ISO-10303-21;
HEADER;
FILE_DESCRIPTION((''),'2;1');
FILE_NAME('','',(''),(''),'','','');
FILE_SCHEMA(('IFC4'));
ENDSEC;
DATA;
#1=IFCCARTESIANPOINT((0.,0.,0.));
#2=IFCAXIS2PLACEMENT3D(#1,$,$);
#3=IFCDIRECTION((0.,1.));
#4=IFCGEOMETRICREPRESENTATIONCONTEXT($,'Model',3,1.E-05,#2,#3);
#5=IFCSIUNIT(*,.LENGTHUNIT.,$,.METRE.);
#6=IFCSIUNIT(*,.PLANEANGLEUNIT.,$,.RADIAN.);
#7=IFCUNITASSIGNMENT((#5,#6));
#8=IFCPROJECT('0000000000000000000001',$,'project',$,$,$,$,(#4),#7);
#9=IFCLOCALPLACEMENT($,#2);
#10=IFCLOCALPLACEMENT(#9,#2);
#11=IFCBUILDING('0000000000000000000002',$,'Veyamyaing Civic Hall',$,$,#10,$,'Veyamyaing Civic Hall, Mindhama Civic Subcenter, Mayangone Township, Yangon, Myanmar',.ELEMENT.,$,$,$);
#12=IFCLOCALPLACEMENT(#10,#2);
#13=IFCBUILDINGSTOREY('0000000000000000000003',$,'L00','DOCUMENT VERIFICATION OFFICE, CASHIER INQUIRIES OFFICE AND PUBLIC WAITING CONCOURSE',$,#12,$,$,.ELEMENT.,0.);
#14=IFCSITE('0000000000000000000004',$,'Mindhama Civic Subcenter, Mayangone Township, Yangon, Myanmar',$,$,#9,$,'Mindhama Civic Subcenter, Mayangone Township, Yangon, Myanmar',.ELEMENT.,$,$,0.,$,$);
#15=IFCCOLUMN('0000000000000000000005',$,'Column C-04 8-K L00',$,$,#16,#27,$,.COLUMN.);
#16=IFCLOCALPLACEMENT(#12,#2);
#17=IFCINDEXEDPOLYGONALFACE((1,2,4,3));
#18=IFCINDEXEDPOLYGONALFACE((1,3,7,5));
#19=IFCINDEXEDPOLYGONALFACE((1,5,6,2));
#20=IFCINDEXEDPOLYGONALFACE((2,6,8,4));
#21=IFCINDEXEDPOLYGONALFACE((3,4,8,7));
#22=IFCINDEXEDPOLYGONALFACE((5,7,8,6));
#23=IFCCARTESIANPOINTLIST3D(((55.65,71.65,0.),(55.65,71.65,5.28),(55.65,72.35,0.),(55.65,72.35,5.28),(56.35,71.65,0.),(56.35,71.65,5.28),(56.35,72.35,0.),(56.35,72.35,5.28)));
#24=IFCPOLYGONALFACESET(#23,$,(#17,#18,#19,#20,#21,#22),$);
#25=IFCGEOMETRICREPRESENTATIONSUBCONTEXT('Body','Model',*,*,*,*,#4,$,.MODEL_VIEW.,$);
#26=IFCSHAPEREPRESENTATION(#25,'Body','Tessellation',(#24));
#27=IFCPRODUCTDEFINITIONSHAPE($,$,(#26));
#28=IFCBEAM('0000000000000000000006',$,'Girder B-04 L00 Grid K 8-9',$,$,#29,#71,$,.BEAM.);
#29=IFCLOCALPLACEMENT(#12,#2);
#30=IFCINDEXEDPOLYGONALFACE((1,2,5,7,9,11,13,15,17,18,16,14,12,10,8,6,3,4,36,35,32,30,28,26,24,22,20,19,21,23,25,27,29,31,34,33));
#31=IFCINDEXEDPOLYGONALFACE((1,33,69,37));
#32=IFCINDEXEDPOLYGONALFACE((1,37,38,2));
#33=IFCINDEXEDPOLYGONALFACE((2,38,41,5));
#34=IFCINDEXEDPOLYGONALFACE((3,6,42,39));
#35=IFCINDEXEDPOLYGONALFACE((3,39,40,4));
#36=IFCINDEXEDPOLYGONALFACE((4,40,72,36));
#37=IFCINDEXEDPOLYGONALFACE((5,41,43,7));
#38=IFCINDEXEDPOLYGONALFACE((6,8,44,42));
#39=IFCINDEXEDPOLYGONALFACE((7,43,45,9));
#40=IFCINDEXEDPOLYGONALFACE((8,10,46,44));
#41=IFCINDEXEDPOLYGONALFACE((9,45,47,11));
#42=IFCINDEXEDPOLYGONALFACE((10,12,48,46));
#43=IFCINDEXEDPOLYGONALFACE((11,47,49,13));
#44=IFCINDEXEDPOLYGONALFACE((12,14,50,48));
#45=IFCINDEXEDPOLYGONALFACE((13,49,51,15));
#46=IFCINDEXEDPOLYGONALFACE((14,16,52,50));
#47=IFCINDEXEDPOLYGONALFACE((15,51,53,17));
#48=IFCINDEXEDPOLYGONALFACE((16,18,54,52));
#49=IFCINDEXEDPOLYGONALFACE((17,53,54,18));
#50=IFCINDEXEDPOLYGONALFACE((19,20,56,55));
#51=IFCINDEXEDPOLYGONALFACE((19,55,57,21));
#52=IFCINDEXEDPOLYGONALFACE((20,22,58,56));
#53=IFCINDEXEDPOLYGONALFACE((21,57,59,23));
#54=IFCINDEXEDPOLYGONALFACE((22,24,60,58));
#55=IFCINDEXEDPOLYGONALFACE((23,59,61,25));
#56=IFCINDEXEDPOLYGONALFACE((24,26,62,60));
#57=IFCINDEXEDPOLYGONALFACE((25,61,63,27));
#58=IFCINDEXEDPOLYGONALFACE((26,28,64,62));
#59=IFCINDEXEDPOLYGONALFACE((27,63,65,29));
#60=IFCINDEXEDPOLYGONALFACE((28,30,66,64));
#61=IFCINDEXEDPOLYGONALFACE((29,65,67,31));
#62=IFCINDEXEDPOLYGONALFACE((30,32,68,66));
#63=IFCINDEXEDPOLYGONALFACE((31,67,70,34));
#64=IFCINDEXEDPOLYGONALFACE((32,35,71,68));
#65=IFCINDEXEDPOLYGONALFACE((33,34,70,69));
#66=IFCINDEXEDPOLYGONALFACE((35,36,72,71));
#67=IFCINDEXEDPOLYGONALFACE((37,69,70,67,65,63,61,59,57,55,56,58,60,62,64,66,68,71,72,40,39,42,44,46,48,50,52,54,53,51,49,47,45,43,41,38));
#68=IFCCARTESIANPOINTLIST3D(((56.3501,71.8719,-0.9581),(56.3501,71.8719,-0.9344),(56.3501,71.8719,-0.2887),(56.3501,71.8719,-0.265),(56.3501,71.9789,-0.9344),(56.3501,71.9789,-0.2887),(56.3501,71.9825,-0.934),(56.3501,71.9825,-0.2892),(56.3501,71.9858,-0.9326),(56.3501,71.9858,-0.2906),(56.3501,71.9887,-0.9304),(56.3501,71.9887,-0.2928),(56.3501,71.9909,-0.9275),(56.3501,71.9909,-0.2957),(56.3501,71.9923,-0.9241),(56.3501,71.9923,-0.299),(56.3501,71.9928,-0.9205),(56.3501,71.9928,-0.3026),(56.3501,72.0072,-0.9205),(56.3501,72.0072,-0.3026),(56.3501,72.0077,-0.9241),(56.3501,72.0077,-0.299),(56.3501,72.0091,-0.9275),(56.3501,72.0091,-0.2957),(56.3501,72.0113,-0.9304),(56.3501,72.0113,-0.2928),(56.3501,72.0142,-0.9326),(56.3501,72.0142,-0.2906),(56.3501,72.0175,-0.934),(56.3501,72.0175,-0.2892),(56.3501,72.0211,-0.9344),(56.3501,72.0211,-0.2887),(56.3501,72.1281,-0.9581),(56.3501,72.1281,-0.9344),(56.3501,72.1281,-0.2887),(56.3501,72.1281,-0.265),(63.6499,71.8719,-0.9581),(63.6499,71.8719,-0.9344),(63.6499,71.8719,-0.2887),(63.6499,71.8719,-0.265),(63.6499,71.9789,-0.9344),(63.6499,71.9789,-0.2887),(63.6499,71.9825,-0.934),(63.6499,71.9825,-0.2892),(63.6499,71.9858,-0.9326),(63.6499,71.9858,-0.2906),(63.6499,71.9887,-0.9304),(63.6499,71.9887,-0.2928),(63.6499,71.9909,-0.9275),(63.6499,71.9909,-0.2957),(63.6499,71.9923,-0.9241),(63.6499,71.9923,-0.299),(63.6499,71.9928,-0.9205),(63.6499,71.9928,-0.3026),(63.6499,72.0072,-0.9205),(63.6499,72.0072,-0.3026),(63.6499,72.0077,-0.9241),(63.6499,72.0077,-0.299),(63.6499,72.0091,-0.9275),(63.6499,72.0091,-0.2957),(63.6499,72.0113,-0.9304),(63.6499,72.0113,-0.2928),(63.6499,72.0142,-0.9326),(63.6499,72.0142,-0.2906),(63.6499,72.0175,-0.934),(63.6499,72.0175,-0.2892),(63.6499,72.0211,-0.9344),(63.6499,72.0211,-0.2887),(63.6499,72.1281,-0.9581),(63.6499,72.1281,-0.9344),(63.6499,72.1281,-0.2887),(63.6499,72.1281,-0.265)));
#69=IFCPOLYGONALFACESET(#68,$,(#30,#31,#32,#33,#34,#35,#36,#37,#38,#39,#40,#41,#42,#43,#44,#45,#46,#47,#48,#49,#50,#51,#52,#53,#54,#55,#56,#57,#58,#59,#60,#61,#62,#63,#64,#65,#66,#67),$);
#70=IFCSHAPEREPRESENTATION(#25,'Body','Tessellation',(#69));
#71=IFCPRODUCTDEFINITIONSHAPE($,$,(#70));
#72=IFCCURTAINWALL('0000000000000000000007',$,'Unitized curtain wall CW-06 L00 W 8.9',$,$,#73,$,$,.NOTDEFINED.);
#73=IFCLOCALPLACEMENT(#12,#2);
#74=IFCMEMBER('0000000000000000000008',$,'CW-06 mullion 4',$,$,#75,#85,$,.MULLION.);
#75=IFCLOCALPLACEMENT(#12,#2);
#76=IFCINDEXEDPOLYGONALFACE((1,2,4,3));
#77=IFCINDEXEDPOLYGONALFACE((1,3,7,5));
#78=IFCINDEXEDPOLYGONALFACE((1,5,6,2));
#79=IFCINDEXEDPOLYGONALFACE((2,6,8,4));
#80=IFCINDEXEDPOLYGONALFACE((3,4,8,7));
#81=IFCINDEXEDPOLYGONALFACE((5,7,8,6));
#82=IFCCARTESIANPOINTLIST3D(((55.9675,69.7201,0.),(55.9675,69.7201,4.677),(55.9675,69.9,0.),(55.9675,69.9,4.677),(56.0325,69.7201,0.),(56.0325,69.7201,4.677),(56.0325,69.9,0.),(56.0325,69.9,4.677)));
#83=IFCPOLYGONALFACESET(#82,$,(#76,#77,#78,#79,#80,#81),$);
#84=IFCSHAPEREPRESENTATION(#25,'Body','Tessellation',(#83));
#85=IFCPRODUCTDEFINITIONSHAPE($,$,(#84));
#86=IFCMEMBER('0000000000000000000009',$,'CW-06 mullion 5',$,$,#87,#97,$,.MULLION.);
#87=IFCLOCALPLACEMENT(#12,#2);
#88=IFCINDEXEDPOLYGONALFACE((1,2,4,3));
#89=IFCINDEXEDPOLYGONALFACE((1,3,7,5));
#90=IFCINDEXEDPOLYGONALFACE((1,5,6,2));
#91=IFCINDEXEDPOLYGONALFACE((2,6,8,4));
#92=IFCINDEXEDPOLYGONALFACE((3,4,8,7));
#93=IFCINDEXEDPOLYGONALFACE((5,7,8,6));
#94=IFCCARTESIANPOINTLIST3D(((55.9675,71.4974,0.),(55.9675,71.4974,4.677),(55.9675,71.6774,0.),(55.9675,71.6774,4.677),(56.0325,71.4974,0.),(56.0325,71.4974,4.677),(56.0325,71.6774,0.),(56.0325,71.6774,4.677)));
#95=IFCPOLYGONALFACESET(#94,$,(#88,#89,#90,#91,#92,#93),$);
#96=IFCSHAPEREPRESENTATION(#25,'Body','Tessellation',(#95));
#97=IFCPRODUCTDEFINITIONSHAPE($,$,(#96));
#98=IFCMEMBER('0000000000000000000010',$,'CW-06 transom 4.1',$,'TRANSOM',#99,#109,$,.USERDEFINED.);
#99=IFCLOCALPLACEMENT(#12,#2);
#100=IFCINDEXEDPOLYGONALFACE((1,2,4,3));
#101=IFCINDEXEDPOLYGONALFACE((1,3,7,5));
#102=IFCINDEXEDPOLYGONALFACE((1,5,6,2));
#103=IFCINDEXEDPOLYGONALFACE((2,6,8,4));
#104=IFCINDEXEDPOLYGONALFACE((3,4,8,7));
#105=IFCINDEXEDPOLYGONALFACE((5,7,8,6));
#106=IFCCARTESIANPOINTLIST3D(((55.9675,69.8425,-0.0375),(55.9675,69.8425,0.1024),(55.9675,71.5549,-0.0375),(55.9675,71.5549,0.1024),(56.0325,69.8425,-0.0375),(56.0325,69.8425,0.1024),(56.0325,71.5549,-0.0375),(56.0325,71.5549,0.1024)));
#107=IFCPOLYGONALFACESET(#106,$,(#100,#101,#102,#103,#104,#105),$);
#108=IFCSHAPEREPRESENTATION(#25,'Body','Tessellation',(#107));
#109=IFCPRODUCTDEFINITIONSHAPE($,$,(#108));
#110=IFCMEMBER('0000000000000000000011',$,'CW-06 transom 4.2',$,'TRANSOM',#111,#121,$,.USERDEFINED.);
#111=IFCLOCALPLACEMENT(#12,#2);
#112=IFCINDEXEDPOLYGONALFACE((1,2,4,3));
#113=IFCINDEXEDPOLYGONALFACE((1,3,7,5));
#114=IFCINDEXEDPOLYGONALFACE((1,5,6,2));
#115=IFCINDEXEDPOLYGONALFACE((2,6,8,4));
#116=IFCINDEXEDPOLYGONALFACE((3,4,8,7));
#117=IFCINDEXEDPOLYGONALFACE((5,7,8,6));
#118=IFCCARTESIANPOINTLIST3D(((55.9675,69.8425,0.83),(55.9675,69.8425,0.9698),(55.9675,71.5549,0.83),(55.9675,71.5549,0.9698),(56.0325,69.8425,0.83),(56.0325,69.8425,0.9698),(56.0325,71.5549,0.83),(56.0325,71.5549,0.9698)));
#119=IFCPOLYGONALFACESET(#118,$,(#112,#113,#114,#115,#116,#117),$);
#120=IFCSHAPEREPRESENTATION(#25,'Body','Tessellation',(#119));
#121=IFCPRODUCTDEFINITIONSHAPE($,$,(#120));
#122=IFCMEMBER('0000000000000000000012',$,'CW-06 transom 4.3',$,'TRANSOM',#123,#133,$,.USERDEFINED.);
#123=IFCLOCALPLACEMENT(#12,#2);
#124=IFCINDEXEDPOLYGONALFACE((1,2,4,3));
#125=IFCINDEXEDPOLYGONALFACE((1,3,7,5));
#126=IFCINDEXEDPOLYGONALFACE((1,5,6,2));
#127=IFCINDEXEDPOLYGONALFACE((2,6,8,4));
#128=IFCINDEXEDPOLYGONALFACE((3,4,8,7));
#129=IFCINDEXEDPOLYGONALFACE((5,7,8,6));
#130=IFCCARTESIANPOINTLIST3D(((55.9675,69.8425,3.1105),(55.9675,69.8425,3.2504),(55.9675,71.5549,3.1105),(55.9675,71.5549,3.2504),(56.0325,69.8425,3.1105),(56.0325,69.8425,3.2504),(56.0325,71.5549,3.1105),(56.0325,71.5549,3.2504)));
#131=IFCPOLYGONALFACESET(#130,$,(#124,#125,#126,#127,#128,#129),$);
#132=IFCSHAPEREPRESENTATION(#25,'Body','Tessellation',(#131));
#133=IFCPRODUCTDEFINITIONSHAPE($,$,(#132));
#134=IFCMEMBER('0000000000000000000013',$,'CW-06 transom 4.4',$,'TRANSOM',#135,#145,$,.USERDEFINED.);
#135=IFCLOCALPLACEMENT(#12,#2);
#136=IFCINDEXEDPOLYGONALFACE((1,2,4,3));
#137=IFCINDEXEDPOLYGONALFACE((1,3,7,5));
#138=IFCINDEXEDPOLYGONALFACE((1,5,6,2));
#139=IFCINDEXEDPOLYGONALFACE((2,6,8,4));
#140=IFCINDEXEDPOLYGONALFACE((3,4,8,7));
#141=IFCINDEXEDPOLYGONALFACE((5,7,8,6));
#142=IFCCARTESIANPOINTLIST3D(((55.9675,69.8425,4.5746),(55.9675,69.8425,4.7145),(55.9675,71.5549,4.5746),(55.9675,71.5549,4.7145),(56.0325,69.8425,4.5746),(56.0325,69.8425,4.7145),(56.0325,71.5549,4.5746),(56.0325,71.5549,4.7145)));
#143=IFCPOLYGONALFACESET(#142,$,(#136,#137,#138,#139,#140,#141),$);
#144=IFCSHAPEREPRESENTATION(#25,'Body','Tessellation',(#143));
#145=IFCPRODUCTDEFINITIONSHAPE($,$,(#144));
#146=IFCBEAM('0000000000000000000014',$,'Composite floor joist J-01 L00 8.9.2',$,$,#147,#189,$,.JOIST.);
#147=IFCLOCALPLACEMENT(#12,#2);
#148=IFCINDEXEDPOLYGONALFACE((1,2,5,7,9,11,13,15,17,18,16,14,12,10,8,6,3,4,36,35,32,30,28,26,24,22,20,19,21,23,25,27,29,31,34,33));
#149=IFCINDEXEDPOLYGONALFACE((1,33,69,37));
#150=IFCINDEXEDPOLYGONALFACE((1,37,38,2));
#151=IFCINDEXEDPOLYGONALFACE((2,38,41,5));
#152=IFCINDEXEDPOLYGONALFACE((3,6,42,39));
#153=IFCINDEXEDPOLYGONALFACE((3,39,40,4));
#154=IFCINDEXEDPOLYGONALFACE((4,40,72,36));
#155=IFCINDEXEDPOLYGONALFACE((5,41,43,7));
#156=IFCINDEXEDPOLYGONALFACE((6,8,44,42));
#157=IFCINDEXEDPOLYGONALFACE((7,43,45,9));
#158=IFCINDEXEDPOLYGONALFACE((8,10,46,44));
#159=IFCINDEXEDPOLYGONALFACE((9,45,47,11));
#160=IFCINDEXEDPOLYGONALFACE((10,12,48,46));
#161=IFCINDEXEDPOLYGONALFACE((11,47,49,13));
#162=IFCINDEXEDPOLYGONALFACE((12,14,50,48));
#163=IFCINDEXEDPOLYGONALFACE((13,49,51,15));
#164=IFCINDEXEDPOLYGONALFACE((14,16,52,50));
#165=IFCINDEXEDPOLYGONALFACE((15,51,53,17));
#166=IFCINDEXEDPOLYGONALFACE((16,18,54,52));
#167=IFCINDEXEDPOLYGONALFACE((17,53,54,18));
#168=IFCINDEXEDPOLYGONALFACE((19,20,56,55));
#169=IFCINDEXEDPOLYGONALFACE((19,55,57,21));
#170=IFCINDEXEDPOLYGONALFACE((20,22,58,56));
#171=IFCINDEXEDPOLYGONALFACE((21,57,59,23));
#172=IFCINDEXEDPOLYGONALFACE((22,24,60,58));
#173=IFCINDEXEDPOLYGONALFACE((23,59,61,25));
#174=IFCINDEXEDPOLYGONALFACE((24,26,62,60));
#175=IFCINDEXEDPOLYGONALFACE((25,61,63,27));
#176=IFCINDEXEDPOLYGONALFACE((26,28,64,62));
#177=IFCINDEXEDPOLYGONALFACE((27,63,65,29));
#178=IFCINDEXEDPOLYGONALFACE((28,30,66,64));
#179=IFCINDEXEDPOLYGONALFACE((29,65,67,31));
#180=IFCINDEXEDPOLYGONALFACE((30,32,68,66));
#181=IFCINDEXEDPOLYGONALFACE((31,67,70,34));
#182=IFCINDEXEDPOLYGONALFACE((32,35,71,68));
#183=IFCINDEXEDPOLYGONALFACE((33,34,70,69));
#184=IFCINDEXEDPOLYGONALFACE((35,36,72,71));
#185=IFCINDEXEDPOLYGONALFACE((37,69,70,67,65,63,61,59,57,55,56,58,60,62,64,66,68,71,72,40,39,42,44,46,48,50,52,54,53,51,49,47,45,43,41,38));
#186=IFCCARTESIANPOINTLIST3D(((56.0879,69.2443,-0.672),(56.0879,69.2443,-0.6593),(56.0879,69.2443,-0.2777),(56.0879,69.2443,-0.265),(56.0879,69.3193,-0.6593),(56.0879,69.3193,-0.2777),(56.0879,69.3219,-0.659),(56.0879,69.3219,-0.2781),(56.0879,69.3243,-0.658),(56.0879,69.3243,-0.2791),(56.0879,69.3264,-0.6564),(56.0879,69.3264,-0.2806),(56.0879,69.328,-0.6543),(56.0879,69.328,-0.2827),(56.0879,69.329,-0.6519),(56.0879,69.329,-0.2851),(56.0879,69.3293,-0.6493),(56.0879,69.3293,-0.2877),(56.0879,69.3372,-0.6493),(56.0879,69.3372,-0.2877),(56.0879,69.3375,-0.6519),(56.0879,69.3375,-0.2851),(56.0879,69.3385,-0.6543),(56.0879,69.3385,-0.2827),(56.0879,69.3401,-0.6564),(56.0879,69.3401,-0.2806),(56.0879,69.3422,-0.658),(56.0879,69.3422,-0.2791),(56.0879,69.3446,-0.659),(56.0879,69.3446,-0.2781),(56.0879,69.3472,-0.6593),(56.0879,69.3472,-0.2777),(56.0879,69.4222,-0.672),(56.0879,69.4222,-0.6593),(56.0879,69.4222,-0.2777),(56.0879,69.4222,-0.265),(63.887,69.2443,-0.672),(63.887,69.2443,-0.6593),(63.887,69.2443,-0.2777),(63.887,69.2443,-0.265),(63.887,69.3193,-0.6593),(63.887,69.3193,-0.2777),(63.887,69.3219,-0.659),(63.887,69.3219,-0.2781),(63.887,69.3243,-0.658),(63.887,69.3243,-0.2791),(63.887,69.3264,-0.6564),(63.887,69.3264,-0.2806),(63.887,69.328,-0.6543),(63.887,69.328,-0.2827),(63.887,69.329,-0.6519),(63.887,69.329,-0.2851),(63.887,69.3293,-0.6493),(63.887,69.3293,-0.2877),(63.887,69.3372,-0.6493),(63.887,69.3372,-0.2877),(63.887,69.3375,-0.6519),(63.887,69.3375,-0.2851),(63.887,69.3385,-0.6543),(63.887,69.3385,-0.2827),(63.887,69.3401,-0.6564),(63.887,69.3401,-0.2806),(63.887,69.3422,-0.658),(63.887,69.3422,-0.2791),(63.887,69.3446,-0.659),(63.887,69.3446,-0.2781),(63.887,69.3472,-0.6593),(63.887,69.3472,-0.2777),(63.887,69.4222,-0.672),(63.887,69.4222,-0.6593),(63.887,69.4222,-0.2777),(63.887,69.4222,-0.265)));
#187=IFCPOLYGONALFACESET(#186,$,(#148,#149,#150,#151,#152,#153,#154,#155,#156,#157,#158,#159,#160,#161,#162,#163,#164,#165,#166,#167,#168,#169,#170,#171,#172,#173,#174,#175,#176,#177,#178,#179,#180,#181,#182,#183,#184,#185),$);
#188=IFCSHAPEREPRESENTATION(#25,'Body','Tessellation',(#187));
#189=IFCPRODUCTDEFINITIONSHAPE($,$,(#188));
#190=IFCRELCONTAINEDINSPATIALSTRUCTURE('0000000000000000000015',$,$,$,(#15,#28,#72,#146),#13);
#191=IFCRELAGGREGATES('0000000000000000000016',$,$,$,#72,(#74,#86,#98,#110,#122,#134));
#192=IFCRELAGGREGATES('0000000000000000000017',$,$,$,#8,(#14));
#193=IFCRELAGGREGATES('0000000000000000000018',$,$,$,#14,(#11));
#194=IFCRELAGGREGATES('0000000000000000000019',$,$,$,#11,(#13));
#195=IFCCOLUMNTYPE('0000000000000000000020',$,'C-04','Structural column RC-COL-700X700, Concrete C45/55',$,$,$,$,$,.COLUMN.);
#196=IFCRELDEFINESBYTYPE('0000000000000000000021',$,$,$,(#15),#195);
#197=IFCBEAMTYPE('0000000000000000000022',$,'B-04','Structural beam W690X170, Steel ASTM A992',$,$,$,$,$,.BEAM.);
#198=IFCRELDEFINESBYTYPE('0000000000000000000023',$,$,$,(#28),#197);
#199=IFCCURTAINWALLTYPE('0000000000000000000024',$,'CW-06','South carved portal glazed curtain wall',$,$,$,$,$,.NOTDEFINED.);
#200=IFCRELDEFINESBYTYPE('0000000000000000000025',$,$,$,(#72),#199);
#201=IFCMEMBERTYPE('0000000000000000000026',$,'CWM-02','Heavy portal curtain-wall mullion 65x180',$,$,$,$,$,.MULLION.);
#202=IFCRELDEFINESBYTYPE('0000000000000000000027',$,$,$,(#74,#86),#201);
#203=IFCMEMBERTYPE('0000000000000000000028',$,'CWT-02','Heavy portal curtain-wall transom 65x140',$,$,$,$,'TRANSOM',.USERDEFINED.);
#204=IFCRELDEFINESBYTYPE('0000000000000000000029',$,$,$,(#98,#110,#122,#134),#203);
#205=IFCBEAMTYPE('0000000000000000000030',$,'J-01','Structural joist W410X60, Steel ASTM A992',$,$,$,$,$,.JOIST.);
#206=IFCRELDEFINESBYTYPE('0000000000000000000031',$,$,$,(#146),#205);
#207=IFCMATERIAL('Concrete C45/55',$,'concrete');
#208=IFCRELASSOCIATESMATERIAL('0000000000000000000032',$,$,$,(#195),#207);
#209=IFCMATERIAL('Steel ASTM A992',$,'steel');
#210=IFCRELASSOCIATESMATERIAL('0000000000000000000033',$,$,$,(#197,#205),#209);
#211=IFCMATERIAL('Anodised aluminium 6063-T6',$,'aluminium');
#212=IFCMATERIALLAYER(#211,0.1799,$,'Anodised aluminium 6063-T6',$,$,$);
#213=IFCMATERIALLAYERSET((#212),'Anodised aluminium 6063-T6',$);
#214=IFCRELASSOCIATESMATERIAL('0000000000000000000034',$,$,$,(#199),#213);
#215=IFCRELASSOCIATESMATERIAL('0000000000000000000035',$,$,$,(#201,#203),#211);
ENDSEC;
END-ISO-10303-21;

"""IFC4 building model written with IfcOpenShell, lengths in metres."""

from ifc_helpers import new_model, si_unit, direction, frame, origin, origin_2d, place, context, subcontext, project, spatial, rectangle, i_section, extrude, material, layer, layer_set, material_profile, profile_set, type_object, element, aggregate, save


model = new_model("IFC4")

# Units and contexts
model_context = context("Model", 3, precision=1e-05, world=origin(), true_north=direction((0.0, 1.0)))
body_context = subcontext(model_context, "Body", "Model", "MODEL_VIEW")
ifc_project = project(units=[si_unit("LENGTHUNIT", "METRE"), si_unit("PLANEANGLEUNIT", "RADIAN")], contexts=[model_context])

# Site, building, storey
site_placement = place(None, origin())
site = spatial("IfcSite", under=ifc_project, at=site_placement, Name="Mindhama Civic Subcenter, Mayangone Township, Yangon, Myanmar", LongName="Mindhama Civic Subcenter, Mayangone Township, Yangon, Myanmar", CompositionType="ELEMENT", RefElevation=0.0)
building_placement = place(site_placement, origin())
building = spatial("IfcBuilding", under=site, at=building_placement, Name="Veyamyaing Civic Hall", LongName="Veyamyaing Civic Hall, Mindhama Civic Subcenter, Mayangone Township, Yangon, Myanmar", CompositionType="ELEMENT")
storey_placement = place(building_placement, origin())
storey = spatial("IfcBuildingStorey", under=building, at=storey_placement, Name="L00", Description="DOCUMENT VERIFICATION OFFICE, CASHIER INQUIRIES OFFICE AND PUBLIC WAITING CONCOURSE", CompositionType="ELEMENT", Elevation=0.0)

# Column
ifc_material_1 = material(Name="Concrete C45/55", Category="concrete")
ifc_material_profile_1 = material_profile(ifc_material_1, rectangle(XDim=0.7, YDim=0.7, at=origin_2d()), Name="RC-COL-700X700")
ifc_profile_set_1 = profile_set([ifc_material_profile_1], Name="Concrete C45/55")
column_type = type_object("IfcColumnType", Name="C-04", Description="Structural column RC-COL-700X700, Concrete C45/55", PredefinedType="COLUMN", material=ifc_profile_set_1)
column_placement = place(storey_placement, frame((56.0, 72.0, 0.0), z_axis=(0.0, 0.0, 1.0), x_axis=(1.0, 0.0, 0.0)))
element("IfcColumn", 1, at=column_placement, inside=storey, type_object=column_type, Name="Column C-04 8-K L00", PredefinedType="COLUMN", context=body_context, shape_type="SweptSolid", body=[
    extrude(rectangle(XDim=0.7, YDim=0.7, at=origin_2d()), origin(), (0.0, 0.0, 1.0), 5.28),
])

# Beam
ifc_material_2 = material(Name="Steel ASTM A992", Category="steel")
ifc_material_profile_2 = material_profile(ifc_material_2, i_section(OverallWidth=0.2561, OverallDepth=0.6931, WebThickness=0.0144, FlangeThickness=0.0237, FilletRadius=0.0139, at=origin_2d()), Name="W690X170")
ifc_profile_set_2 = profile_set([ifc_material_profile_2], Name="Steel ASTM A992")
beam_type_1 = type_object("IfcBeamType", Name="B-04", Description="Structural beam W690X170, Steel ASTM A992", PredefinedType="BEAM", material=ifc_profile_set_2)
beam_1_placement = place(storey_placement, frame((56.3501, 72.0, -0.6116), z_axis=(1.0, 0.0, 0.0), x_axis=(0.0, 1.0, 0.0)))
element("IfcBeam", 2, at=beam_1_placement, inside=storey, type_object=beam_type_1, Name="Girder B-04 L00 Grid K 8-9", PredefinedType="BEAM", context=body_context, shape_type="SweptSolid", body=[
    extrude(i_section(OverallWidth=0.2561, OverallDepth=0.6931, WebThickness=0.0144, FlangeThickness=0.0237, FilletRadius=0.0139, at=origin_2d()), origin(), (0.0, 0.0, 1.0), 7.2998),
])

# Curtain wall, members
ifc_material_3 = material(Name="Anodised aluminium 6063-T6", Category="aluminium")
ifc_layer_1 = layer(ifc_material_3, 0.1799, Name="Anodised aluminium 6063-T6")
ifc_layer_set_1 = layer_set([ifc_layer_1], Name="Anodised aluminium 6063-T6")
curtain_wall_type = type_object("IfcCurtainWallType", Name="CW-06", Description="South carved portal glazed curtain wall", PredefinedType="NOTDEFINED", material=ifc_layer_set_1)
curtain_wall_placement = place(storey_placement, origin())
curtain_wall = element("IfcCurtainWall", 3, at=curtain_wall_placement, inside=storey, type_object=curtain_wall_type, Name="Unitized curtain wall CW-06 L00 W 8.9", PredefinedType="NOTDEFINED")
ifc_material_profile_3 = material_profile(ifc_material_3, rectangle(XDim=0.0649, YDim=0.1799, at=origin_2d()), Name="ALU-MUL-65X180")
ifc_profile_set_3 = profile_set([ifc_material_profile_3], Name="Anodised aluminium 6063-T6")
member_type_1 = type_object("IfcMemberType", Name="CWM-02", Description="Heavy portal curtain-wall mullion 65x180", PredefinedType="MULLION", material=ifc_profile_set_3)
member_1_placement = place(storey_placement, frame((56.0, 69.8101, 0.0), z_axis=(0.0, 0.0, 1.0), x_axis=(-1.0, 0.0, 0.0)))
member_1 = element("IfcMember", 4, at=member_1_placement, type_object=member_type_1, Name="CW-06 mullion 4", PredefinedType="MULLION", context=body_context, shape_type="SweptSolid", body=[
    extrude(rectangle(XDim=0.0649, YDim=0.1799, at=origin_2d()), origin(), (0.0, 0.0, 1.0), 4.677),
])
member_2_placement = place(storey_placement, frame((56.0, 71.5874, 0.0), z_axis=(0.0, 0.0, 1.0), x_axis=(-1.0, 0.0, 0.0)))
member_2 = element("IfcMember", 5, at=member_2_placement, type_object=member_type_1, Name="CW-06 mullion 5", PredefinedType="MULLION", context=body_context, shape_type="SweptSolid", body=[
    extrude(rectangle(XDim=0.0649, YDim=0.1799, at=origin_2d()), origin(), (0.0, 0.0, 1.0), 4.677),
])
ifc_material_profile_4 = material_profile(ifc_material_3, rectangle(XDim=0.0649, YDim=0.1399, at=origin_2d()), Name="ALU-TRN-65X140")
ifc_profile_set_4 = profile_set([ifc_material_profile_4], Name="Anodised aluminium 6063-T6")
member_type_2 = type_object("IfcMemberType", Name="CWT-02", Description="Heavy portal curtain-wall transom 65x140", ElementType="TRANSOM", PredefinedType="USERDEFINED", material=ifc_profile_set_4)
member_3_placement = place(storey_placement, frame((56.0, 69.8425, 0.0325), z_axis=(0.0, 1.0, 0.0), x_axis=(-1.0, 0.0, 0.0)))
member_3 = element("IfcMember", 6, at=member_3_placement, type_object=member_type_2, Name="CW-06 transom 4.1", ObjectType="TRANSOM", PredefinedType="USERDEFINED", context=body_context, shape_type="SweptSolid", body=[
    extrude(rectangle(XDim=0.0649, YDim=0.1399, at=origin_2d()), origin(), (0.0, 0.0, 1.0), 1.7124),
])
member_4_placement = place(storey_placement, frame((56.0, 69.8425, 0.8999), z_axis=(0.0, 1.0, 0.0), x_axis=(-1.0, 0.0, 0.0)))
member_4 = element("IfcMember", 7, at=member_4_placement, type_object=member_type_2, Name="CW-06 transom 4.2", ObjectType="TRANSOM", PredefinedType="USERDEFINED", context=body_context, shape_type="SweptSolid", body=[
    extrude(rectangle(XDim=0.0649, YDim=0.1399, at=origin_2d()), origin(), (0.0, 0.0, 1.0), 1.7124),
])
member_5_placement = place(storey_placement, frame((56.0, 69.8425, 3.1804), z_axis=(0.0, 1.0, 0.0), x_axis=(-1.0, 0.0, 0.0)))
member_5 = element("IfcMember", 8, at=member_5_placement, type_object=member_type_2, Name="CW-06 transom 4.3", ObjectType="TRANSOM", PredefinedType="USERDEFINED", context=body_context, shape_type="SweptSolid", body=[
    extrude(rectangle(XDim=0.0649, YDim=0.1399, at=origin_2d()), origin(), (0.0, 0.0, 1.0), 1.7124),
])
member_6_placement = place(storey_placement, frame((56.0, 69.8425, 4.6445), z_axis=(0.0, 1.0, 0.0), x_axis=(-1.0, 0.0, 0.0)))
member_6 = element("IfcMember", 9, at=member_6_placement, type_object=member_type_2, Name="CW-06 transom 4.4", ObjectType="TRANSOM", PredefinedType="USERDEFINED", context=body_context, shape_type="SweptSolid", body=[
    extrude(rectangle(XDim=0.0649, YDim=0.1399, at=origin_2d()), origin(), (0.0, 0.0, 1.0), 1.7124),
])

# Beam
ifc_material_profile_5 = material_profile(ifc_material_2, i_section(OverallWidth=0.178, OverallDepth=0.407, WebThickness=0.0078, FlangeThickness=0.0127, FilletRadius=0.01, at=origin_2d()), Name="W410X60")
ifc_profile_set_5 = profile_set([ifc_material_profile_5], Name="Steel ASTM A992")
beam_type_2 = type_object("IfcBeamType", Name="J-01", Description="Structural joist W410X60, Steel ASTM A992", PredefinedType="JOIST", material=ifc_profile_set_5)
beam_2_placement = place(storey_placement, frame((56.0879, 69.3333, -0.4685), z_axis=(1.0, 0.0, 0.0), x_axis=(0.0, 1.0, 0.0)))
element("IfcBeam", 10, at=beam_2_placement, inside=storey, type_object=beam_type_2, Name="Composite floor joist J-01 L00 8.9.2", PredefinedType="JOIST", context=body_context, shape_type="SweptSolid", body=[
    extrude(i_section(OverallWidth=0.178, OverallDepth=0.407, WebThickness=0.0078, FlangeThickness=0.0127, FilletRadius=0.01, at=origin_2d()), origin(), (0.0, 0.0, 1.0), 7.7991),
])

aggregate(curtain_wall, [member_1, member_2, member_3, member_4, member_5, member_6])

save(model, "model.ifc")
